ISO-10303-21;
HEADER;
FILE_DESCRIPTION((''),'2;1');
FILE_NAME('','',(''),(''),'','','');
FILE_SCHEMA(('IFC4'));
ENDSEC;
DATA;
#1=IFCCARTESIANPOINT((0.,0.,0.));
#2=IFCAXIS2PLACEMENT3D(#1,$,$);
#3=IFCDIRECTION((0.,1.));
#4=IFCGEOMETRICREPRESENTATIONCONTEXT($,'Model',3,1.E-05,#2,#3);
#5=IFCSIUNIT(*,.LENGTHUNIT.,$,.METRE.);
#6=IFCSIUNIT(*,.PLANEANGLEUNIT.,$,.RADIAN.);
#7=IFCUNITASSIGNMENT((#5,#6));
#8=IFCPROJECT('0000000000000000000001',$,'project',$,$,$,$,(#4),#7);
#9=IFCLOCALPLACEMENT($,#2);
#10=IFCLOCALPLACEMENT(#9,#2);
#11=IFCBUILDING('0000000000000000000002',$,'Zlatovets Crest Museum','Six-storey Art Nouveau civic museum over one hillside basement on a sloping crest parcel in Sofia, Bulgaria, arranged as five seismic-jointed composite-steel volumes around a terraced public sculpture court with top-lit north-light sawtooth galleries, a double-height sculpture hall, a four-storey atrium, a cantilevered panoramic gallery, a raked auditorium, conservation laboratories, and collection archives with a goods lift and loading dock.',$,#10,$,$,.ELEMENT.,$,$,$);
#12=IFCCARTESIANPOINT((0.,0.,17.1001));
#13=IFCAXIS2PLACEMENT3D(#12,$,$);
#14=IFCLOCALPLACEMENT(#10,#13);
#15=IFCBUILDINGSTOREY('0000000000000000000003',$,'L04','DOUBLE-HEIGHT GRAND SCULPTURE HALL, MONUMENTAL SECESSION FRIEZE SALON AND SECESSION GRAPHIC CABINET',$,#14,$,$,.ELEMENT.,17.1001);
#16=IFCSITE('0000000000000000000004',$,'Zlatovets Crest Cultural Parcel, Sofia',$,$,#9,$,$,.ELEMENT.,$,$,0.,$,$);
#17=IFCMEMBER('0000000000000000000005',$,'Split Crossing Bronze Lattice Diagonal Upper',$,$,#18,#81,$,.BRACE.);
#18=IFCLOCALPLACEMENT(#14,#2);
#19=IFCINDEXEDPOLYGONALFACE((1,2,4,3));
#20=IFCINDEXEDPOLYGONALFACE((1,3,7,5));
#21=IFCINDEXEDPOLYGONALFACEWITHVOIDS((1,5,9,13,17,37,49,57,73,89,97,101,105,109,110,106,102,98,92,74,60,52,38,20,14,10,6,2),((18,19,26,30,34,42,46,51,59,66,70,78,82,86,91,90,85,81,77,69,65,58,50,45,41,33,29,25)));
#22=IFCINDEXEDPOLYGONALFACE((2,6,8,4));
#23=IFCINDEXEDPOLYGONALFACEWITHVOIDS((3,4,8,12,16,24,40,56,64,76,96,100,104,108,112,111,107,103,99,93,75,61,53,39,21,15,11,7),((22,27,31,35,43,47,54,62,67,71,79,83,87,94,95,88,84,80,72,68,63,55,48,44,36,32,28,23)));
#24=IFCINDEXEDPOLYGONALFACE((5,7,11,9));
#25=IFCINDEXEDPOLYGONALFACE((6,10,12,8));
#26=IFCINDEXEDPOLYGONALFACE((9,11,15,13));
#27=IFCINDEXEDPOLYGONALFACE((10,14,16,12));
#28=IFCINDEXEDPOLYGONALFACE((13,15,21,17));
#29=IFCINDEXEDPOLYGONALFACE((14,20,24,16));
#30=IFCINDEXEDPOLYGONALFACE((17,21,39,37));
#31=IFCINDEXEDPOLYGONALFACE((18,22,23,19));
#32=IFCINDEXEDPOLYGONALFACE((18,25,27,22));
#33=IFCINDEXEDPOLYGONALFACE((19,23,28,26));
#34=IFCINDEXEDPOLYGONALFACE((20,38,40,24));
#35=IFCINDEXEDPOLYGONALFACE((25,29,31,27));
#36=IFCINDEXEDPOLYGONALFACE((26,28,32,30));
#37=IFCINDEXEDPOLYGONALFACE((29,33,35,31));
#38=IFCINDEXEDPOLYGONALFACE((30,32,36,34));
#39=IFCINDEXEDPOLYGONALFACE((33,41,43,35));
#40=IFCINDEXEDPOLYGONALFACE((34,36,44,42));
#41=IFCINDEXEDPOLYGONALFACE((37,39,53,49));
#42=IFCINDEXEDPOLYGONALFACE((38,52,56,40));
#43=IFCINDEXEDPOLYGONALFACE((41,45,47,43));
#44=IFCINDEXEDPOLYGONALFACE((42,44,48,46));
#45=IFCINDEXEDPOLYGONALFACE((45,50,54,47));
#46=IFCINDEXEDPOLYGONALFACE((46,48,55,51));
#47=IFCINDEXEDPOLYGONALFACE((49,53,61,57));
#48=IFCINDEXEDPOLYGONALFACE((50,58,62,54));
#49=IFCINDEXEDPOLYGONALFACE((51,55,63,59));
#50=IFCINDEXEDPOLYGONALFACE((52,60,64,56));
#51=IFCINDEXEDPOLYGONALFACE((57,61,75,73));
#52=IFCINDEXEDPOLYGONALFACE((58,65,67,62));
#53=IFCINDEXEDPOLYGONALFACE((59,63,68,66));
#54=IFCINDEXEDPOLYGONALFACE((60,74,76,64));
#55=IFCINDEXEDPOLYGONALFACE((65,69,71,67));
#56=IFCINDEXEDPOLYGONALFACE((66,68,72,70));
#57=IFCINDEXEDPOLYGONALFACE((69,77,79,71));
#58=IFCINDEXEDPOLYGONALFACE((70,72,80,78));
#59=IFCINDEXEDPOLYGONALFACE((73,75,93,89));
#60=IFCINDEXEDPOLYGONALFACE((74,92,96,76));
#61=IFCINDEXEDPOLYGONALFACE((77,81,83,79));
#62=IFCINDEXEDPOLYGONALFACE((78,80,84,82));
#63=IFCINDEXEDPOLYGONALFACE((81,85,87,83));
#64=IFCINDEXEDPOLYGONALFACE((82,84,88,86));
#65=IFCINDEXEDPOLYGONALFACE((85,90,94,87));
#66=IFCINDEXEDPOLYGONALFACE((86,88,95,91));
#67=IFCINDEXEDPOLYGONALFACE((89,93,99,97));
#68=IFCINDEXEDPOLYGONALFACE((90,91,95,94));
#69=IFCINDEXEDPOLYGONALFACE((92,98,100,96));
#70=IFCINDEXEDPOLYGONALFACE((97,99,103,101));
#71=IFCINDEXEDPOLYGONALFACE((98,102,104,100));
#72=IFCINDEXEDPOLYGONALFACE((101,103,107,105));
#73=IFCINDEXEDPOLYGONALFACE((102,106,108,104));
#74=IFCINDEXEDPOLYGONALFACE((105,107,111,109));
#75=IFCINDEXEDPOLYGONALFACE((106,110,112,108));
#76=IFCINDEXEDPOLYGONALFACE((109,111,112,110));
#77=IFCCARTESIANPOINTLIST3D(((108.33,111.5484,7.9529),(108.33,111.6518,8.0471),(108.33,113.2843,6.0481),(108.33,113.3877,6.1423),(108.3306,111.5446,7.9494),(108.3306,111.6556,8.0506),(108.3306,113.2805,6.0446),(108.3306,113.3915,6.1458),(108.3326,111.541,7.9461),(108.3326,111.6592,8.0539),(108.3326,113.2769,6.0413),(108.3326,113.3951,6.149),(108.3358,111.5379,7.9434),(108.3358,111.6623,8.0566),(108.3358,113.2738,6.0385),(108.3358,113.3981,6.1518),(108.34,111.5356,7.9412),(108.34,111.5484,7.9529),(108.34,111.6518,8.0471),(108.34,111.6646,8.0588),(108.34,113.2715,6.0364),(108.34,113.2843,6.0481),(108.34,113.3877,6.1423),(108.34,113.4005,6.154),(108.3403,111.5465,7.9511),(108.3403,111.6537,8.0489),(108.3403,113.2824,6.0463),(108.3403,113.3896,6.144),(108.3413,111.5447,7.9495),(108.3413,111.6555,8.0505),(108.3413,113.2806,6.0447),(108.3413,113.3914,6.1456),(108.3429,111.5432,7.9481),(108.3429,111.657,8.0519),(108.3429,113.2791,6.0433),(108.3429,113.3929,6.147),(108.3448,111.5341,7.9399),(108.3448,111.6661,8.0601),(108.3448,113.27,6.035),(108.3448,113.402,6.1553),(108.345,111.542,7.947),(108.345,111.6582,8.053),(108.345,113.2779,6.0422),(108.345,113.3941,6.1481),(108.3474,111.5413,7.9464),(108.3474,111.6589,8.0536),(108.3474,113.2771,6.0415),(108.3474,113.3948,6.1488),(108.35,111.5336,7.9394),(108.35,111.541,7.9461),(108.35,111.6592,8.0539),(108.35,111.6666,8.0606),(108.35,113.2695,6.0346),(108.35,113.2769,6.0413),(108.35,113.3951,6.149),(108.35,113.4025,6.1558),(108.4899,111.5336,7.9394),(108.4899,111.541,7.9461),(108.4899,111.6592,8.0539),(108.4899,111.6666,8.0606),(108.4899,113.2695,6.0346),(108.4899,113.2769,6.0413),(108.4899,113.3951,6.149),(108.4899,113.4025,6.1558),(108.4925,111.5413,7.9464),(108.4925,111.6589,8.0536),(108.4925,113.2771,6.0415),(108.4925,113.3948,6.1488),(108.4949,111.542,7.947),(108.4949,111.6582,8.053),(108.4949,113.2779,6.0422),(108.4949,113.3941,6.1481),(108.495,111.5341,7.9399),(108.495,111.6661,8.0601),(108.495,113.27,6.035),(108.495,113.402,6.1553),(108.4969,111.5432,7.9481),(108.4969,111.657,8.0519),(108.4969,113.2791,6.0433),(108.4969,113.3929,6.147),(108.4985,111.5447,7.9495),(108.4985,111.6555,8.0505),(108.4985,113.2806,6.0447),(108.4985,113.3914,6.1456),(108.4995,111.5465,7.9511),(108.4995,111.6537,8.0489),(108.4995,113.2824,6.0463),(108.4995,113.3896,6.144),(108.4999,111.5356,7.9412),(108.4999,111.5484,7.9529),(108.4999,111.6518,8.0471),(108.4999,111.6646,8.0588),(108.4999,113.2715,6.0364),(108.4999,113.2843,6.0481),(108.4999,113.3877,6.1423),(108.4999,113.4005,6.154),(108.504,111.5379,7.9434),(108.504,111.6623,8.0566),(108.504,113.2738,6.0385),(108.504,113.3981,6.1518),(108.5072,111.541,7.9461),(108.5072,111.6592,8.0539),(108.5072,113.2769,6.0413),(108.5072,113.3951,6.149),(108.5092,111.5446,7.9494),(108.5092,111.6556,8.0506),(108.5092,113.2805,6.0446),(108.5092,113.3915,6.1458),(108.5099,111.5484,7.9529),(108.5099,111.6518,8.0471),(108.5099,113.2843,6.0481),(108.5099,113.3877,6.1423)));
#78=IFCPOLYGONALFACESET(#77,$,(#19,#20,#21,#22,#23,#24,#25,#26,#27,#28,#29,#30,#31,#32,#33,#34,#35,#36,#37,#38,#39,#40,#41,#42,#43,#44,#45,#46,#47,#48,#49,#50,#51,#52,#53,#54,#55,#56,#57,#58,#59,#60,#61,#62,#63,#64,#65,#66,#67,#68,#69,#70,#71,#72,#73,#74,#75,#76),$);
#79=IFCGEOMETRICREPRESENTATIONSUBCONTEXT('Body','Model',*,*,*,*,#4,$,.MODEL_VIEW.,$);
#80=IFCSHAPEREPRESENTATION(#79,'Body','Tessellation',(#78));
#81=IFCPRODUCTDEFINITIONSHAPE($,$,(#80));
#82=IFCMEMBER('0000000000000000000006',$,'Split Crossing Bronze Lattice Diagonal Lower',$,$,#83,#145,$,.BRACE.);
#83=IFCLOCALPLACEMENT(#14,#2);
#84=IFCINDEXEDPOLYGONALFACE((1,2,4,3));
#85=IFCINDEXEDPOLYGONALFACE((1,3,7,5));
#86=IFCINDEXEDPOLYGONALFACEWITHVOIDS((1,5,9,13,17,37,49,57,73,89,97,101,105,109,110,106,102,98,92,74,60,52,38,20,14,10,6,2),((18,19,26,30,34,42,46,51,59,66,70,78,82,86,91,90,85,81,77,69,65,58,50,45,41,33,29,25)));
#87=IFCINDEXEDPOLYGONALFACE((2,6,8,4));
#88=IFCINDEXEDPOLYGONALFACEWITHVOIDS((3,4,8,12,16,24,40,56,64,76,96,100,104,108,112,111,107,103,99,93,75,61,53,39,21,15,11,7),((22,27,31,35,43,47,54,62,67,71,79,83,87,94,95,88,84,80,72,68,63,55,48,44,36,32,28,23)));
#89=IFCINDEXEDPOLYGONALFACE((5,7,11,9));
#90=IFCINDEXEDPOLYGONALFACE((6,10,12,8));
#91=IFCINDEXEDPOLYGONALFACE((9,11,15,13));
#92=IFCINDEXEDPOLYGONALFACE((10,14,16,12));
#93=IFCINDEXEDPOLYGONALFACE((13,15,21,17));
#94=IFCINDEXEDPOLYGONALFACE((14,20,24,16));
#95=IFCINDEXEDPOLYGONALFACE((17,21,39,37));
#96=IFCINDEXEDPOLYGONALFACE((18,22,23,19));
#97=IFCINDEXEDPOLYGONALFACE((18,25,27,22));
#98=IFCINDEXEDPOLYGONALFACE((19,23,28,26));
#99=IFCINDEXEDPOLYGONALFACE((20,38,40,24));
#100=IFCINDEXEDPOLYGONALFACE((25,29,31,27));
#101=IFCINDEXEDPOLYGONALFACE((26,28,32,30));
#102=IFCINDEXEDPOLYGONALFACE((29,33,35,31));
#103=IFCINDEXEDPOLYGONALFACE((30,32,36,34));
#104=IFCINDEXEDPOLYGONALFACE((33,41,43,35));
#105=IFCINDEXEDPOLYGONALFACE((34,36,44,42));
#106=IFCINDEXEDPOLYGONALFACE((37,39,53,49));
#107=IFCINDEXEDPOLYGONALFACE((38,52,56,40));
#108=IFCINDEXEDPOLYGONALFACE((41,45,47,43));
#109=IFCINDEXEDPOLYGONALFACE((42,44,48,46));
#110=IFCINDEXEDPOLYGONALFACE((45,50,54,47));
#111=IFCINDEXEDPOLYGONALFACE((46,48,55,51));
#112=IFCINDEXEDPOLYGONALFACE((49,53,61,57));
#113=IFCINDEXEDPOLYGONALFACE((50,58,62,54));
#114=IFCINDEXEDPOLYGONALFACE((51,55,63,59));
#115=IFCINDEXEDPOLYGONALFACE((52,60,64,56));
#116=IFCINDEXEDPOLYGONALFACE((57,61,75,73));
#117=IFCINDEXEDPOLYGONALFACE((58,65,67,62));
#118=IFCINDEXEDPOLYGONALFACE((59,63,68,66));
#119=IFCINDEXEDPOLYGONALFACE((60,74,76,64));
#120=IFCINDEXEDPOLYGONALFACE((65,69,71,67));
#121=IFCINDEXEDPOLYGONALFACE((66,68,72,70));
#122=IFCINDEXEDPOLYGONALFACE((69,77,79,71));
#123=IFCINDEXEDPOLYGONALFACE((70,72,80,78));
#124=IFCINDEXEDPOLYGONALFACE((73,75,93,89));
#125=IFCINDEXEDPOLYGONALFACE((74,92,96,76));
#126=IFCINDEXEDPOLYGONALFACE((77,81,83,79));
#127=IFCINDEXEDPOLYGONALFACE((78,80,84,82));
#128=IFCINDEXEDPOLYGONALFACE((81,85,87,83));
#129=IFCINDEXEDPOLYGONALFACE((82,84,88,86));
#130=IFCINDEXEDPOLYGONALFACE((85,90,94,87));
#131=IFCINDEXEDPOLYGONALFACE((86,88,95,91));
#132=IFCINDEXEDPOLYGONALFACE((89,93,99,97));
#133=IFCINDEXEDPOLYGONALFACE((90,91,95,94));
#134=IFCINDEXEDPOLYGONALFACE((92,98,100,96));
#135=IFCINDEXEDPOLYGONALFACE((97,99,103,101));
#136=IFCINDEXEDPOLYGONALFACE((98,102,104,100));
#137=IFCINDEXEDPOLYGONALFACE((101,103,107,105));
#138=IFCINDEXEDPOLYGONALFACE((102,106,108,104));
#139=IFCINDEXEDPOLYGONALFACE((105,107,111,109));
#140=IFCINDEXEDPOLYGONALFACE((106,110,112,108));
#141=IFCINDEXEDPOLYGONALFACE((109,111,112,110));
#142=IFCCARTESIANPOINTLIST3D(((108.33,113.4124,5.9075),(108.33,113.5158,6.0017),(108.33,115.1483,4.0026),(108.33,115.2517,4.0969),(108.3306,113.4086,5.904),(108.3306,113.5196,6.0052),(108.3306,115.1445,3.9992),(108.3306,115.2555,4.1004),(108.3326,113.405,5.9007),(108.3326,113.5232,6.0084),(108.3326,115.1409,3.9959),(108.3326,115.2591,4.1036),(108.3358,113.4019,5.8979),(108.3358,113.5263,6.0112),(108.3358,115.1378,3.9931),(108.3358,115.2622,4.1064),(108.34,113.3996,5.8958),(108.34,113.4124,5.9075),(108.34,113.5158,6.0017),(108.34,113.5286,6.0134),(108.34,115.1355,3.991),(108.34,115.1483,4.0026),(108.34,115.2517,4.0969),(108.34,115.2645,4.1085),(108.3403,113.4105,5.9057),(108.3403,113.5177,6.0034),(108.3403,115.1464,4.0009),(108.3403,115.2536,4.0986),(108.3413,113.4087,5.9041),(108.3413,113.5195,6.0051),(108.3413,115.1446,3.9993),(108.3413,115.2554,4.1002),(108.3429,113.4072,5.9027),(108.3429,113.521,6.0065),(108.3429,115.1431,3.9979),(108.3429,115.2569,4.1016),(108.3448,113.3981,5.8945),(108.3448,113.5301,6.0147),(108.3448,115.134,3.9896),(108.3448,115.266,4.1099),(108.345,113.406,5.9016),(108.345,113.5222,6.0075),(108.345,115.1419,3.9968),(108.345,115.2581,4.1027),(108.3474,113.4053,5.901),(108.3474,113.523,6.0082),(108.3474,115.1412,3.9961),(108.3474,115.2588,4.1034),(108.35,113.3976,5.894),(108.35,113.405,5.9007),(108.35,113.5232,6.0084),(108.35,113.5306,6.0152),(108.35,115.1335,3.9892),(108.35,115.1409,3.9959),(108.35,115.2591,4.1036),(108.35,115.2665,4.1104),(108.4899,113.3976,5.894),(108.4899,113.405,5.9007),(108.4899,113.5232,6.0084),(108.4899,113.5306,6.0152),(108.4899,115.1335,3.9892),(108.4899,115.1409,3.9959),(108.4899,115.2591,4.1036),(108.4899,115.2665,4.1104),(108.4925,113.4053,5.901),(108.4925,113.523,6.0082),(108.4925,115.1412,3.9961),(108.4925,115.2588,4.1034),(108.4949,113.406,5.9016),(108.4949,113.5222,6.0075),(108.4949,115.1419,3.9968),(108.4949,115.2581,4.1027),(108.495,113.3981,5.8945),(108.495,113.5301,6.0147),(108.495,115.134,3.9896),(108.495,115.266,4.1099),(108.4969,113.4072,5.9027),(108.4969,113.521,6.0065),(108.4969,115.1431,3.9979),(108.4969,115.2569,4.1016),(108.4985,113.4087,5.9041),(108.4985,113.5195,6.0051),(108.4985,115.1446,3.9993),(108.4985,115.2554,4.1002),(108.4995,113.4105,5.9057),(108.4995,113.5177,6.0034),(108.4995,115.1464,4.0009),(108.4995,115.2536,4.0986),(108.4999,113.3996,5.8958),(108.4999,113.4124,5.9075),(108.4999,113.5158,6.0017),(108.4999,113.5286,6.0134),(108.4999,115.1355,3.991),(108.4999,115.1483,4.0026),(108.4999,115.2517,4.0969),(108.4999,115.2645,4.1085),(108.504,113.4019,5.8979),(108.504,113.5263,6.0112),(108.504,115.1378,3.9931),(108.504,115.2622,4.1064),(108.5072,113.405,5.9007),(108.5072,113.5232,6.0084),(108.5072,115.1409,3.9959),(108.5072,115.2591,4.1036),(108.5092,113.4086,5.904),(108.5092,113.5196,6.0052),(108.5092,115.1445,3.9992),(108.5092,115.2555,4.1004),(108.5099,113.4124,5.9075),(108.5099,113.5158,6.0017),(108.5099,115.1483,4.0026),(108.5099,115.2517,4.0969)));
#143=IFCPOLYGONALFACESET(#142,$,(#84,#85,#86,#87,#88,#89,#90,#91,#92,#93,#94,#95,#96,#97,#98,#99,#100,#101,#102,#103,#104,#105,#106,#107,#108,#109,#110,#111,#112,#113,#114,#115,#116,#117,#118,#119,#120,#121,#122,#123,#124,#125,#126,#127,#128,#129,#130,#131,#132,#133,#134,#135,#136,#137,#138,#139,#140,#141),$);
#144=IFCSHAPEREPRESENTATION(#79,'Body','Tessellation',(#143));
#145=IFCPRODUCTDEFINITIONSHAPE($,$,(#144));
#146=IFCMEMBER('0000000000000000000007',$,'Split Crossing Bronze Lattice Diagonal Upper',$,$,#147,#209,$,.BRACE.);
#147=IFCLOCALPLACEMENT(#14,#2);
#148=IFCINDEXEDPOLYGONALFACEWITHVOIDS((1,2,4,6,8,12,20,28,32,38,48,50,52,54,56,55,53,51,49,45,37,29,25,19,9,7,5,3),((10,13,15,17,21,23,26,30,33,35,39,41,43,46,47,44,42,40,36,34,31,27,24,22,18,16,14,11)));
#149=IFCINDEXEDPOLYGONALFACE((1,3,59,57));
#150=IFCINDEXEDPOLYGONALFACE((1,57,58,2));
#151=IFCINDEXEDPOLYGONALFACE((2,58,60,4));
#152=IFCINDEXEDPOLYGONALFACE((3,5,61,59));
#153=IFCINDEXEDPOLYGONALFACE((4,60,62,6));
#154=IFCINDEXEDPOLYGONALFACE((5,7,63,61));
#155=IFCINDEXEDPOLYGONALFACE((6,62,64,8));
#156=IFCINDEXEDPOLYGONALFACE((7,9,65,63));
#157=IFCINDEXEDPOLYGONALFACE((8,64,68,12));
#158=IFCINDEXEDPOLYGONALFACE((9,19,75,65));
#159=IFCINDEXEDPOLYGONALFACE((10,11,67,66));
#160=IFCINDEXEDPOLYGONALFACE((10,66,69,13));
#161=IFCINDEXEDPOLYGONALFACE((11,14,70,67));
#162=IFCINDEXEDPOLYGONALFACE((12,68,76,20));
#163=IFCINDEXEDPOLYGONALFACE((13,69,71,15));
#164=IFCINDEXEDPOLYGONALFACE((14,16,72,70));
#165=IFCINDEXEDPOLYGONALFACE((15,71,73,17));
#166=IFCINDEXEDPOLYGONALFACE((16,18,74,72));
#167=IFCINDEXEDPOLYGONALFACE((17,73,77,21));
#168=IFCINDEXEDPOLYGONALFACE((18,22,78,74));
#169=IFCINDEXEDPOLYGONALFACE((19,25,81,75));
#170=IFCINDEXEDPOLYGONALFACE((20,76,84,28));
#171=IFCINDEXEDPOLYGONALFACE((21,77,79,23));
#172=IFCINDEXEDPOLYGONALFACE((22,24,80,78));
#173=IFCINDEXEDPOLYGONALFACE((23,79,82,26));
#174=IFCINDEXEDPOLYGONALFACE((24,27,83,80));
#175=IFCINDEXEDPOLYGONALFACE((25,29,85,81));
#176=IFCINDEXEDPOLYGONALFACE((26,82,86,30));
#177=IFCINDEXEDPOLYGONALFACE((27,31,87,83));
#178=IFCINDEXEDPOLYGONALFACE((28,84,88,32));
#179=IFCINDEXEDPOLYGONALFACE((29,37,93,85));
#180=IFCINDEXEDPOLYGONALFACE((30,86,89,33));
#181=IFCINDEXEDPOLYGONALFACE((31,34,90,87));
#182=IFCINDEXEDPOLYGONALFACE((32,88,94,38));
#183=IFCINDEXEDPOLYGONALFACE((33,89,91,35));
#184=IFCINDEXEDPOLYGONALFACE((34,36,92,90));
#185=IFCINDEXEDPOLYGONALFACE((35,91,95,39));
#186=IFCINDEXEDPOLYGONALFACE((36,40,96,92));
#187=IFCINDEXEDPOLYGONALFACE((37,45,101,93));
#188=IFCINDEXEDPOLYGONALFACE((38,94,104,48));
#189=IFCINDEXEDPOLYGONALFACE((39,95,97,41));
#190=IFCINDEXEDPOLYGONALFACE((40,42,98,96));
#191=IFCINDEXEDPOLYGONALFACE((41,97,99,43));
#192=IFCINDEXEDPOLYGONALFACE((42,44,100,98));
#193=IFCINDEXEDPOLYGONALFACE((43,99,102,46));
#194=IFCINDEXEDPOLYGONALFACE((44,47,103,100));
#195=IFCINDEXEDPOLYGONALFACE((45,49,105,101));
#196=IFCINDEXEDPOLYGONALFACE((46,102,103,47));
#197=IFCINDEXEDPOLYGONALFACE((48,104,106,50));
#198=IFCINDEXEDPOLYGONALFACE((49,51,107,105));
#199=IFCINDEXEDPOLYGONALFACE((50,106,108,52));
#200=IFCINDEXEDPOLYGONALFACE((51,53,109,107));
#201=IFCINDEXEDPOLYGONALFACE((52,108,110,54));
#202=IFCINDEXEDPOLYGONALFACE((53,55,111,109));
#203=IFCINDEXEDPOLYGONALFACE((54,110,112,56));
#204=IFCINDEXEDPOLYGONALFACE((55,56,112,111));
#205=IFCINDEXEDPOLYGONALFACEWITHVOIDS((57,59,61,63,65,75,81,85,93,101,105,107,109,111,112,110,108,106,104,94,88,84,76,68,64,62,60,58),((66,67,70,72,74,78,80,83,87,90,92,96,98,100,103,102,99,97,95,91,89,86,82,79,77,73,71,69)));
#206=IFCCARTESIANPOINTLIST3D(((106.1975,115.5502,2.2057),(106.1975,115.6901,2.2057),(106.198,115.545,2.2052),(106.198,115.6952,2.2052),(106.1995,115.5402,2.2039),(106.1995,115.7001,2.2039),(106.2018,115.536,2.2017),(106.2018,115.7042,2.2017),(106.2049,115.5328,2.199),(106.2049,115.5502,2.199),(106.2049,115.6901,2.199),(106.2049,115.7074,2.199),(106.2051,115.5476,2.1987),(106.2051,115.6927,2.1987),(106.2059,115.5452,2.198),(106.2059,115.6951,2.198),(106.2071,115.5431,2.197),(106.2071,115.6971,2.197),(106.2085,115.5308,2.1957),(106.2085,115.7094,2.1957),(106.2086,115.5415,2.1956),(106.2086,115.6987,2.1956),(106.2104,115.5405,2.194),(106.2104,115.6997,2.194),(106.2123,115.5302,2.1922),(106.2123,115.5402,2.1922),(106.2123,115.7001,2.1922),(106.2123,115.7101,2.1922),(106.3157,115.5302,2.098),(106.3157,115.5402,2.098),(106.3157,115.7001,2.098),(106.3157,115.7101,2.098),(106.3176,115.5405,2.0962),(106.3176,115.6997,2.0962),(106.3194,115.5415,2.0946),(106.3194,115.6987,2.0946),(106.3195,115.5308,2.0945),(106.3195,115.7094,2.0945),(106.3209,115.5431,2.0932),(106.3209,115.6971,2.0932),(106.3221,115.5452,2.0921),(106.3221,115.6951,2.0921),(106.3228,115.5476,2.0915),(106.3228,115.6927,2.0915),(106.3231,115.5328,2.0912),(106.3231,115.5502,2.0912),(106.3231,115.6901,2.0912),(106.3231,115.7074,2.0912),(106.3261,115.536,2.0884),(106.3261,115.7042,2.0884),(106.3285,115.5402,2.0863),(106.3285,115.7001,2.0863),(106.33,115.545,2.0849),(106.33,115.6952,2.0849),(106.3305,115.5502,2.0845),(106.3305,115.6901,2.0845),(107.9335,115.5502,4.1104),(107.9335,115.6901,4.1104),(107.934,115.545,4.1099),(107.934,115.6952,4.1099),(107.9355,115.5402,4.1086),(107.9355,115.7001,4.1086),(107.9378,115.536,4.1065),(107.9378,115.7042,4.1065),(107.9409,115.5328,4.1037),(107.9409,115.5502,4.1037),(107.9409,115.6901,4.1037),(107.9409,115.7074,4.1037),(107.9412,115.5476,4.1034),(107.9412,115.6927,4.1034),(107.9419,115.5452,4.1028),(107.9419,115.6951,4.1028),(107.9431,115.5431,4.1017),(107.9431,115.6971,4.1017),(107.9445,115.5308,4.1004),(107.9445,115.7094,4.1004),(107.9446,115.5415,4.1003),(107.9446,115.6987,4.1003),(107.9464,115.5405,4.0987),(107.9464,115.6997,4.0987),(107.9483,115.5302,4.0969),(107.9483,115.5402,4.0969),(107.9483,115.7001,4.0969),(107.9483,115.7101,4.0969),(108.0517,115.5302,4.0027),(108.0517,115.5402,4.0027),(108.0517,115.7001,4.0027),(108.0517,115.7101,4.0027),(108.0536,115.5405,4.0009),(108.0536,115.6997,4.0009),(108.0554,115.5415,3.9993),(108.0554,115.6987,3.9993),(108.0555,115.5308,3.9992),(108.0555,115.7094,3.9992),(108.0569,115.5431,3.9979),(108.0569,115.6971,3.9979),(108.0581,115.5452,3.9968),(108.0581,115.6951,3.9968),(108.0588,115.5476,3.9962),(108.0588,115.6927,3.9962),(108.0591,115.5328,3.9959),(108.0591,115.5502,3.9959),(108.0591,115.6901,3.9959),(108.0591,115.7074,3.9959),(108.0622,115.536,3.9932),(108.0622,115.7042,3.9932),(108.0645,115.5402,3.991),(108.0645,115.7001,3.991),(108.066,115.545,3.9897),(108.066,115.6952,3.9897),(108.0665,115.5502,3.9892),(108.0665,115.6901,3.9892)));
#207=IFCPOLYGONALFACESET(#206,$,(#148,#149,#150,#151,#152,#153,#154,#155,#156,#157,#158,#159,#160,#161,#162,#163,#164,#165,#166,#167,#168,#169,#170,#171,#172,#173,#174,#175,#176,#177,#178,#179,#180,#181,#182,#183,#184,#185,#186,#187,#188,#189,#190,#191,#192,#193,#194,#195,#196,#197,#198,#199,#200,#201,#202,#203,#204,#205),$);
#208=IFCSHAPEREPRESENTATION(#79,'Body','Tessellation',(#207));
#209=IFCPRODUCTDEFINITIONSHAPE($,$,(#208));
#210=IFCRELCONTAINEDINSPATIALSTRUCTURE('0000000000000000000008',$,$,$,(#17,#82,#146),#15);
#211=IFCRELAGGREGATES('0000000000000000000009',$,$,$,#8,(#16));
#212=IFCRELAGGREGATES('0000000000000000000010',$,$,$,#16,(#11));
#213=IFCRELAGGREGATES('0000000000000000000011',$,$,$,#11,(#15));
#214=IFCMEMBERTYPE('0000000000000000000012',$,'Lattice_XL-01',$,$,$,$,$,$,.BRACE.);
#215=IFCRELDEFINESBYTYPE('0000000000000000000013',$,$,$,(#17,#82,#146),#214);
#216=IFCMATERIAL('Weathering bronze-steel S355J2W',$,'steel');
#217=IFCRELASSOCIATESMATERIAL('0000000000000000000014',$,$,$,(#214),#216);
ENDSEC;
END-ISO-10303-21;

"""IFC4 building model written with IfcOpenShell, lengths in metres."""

from ifc_helpers import new_model, si_unit, direction, frame, origin, origin_2d, place, context, subcontext, project, spatial, hollow_rectangle, extrude, material, material_profile, profile_set, type_object, element, save


model = new_model("IFC4")

# Units and contexts
model_context = context("Model", 3, precision=1e-05, world=origin(), true_north=direction((0.0, 1.0)))
body_context = subcontext(model_context, "Body", "Model", "MODEL_VIEW")
ifc_project = project(units=[si_unit("LENGTHUNIT", "METRE"), si_unit("PLANEANGLEUNIT", "RADIAN")], contexts=[model_context])

# Site, building, storey
site_placement = place(None, origin())
site = spatial("IfcSite", under=ifc_project, at=site_placement, Name="Zlatovets Crest Cultural Parcel, Sofia", CompositionType="ELEMENT", RefElevation=0.0)
building_placement = place(site_placement, origin())
building = spatial("IfcBuilding", under=site, at=building_placement, Name="Zlatovets Crest Museum", Description="Six-storey Art Nouveau civic museum over one hillside basement on a sloping crest parcel in Sofia, Bulgaria, arranged as five seismic-jointed composite-steel volumes around a terraced public sculpture court with top-lit north-light sawtooth galleries, a double-height sculpture hall, a four-storey atrium, a cantilevered panoramic gallery, a raked auditorium, conservation laboratories, and collection archives with a goods lift and loading dock.", CompositionType="ELEMENT")
storey_placement = place(building_placement, frame((0.0, 0.0, 17.1001)))
storey = spatial("IfcBuildingStorey", under=building, at=storey_placement, Name="L04", Description="DOUBLE-HEIGHT GRAND SCULPTURE HALL, MONUMENTAL SECESSION FRIEZE SALON AND SECESSION GRAPHIC CABINET", CompositionType="ELEMENT", Elevation=17.1001)

# Members
ifc_material_1 = material(Name="Weathering bronze-steel S355J2W", Category="steel")
ifc_material_profile_1 = material_profile(ifc_material_1, hollow_rectangle(XDim=0.1799, YDim=0.1799, WallThickness=0.01, InnerFilletRadius=0.01, OuterFilletRadius=0.02, at=origin_2d()), Name="SHS 180x180x10.0")
ifc_profile_set_1 = profile_set([ifc_material_profile_1], Name="Weathering bronze-steel S355J2W")
member_type_1 = type_object("IfcMemberType", Name="Lattice_XL-01", PredefinedType="BRACE", material=ifc_profile_set_1)
for number, where, z_axis, x_axis, name in (
    (1, (108.4199, 111.6001, 8.0), (0.0, 0.673568, -0.739125), (-1.0, 0.0, 0.0), "Split Crossing Bronze Lattice Diagonal Upper"),
    (2, (108.4199, 113.4641, 5.9546), (0.0, 0.673568, -0.739125), (-1.0, 0.0, 0.0), "Split Crossing Bronze Lattice Diagonal Lower"),
    (3, (108.0, 115.6201, 4.0498), (-0.67362, 0.0, -0.739078), (0.0, -1.0, 0.0), "Split Crossing Bronze Lattice Diagonal Upper"),
):
    element("IfcMember", number, at=place(storey_placement, frame(where, z_axis=z_axis, x_axis=x_axis)), inside=storey, type_object=member_type_1, Name=name, PredefinedType="BRACE", context=body_context, shape_type="SweptSolid", body=[
        extrude(hollow_rectangle(XDim=0.1799, YDim=0.1799, WallThickness=0.01, InnerFilletRadius=0.01, OuterFilletRadius=0.02, at=origin_2d()), origin(), (0.0, 0.0, 1.0), 2.5771),
    ])

save(model, "model.ifc")
